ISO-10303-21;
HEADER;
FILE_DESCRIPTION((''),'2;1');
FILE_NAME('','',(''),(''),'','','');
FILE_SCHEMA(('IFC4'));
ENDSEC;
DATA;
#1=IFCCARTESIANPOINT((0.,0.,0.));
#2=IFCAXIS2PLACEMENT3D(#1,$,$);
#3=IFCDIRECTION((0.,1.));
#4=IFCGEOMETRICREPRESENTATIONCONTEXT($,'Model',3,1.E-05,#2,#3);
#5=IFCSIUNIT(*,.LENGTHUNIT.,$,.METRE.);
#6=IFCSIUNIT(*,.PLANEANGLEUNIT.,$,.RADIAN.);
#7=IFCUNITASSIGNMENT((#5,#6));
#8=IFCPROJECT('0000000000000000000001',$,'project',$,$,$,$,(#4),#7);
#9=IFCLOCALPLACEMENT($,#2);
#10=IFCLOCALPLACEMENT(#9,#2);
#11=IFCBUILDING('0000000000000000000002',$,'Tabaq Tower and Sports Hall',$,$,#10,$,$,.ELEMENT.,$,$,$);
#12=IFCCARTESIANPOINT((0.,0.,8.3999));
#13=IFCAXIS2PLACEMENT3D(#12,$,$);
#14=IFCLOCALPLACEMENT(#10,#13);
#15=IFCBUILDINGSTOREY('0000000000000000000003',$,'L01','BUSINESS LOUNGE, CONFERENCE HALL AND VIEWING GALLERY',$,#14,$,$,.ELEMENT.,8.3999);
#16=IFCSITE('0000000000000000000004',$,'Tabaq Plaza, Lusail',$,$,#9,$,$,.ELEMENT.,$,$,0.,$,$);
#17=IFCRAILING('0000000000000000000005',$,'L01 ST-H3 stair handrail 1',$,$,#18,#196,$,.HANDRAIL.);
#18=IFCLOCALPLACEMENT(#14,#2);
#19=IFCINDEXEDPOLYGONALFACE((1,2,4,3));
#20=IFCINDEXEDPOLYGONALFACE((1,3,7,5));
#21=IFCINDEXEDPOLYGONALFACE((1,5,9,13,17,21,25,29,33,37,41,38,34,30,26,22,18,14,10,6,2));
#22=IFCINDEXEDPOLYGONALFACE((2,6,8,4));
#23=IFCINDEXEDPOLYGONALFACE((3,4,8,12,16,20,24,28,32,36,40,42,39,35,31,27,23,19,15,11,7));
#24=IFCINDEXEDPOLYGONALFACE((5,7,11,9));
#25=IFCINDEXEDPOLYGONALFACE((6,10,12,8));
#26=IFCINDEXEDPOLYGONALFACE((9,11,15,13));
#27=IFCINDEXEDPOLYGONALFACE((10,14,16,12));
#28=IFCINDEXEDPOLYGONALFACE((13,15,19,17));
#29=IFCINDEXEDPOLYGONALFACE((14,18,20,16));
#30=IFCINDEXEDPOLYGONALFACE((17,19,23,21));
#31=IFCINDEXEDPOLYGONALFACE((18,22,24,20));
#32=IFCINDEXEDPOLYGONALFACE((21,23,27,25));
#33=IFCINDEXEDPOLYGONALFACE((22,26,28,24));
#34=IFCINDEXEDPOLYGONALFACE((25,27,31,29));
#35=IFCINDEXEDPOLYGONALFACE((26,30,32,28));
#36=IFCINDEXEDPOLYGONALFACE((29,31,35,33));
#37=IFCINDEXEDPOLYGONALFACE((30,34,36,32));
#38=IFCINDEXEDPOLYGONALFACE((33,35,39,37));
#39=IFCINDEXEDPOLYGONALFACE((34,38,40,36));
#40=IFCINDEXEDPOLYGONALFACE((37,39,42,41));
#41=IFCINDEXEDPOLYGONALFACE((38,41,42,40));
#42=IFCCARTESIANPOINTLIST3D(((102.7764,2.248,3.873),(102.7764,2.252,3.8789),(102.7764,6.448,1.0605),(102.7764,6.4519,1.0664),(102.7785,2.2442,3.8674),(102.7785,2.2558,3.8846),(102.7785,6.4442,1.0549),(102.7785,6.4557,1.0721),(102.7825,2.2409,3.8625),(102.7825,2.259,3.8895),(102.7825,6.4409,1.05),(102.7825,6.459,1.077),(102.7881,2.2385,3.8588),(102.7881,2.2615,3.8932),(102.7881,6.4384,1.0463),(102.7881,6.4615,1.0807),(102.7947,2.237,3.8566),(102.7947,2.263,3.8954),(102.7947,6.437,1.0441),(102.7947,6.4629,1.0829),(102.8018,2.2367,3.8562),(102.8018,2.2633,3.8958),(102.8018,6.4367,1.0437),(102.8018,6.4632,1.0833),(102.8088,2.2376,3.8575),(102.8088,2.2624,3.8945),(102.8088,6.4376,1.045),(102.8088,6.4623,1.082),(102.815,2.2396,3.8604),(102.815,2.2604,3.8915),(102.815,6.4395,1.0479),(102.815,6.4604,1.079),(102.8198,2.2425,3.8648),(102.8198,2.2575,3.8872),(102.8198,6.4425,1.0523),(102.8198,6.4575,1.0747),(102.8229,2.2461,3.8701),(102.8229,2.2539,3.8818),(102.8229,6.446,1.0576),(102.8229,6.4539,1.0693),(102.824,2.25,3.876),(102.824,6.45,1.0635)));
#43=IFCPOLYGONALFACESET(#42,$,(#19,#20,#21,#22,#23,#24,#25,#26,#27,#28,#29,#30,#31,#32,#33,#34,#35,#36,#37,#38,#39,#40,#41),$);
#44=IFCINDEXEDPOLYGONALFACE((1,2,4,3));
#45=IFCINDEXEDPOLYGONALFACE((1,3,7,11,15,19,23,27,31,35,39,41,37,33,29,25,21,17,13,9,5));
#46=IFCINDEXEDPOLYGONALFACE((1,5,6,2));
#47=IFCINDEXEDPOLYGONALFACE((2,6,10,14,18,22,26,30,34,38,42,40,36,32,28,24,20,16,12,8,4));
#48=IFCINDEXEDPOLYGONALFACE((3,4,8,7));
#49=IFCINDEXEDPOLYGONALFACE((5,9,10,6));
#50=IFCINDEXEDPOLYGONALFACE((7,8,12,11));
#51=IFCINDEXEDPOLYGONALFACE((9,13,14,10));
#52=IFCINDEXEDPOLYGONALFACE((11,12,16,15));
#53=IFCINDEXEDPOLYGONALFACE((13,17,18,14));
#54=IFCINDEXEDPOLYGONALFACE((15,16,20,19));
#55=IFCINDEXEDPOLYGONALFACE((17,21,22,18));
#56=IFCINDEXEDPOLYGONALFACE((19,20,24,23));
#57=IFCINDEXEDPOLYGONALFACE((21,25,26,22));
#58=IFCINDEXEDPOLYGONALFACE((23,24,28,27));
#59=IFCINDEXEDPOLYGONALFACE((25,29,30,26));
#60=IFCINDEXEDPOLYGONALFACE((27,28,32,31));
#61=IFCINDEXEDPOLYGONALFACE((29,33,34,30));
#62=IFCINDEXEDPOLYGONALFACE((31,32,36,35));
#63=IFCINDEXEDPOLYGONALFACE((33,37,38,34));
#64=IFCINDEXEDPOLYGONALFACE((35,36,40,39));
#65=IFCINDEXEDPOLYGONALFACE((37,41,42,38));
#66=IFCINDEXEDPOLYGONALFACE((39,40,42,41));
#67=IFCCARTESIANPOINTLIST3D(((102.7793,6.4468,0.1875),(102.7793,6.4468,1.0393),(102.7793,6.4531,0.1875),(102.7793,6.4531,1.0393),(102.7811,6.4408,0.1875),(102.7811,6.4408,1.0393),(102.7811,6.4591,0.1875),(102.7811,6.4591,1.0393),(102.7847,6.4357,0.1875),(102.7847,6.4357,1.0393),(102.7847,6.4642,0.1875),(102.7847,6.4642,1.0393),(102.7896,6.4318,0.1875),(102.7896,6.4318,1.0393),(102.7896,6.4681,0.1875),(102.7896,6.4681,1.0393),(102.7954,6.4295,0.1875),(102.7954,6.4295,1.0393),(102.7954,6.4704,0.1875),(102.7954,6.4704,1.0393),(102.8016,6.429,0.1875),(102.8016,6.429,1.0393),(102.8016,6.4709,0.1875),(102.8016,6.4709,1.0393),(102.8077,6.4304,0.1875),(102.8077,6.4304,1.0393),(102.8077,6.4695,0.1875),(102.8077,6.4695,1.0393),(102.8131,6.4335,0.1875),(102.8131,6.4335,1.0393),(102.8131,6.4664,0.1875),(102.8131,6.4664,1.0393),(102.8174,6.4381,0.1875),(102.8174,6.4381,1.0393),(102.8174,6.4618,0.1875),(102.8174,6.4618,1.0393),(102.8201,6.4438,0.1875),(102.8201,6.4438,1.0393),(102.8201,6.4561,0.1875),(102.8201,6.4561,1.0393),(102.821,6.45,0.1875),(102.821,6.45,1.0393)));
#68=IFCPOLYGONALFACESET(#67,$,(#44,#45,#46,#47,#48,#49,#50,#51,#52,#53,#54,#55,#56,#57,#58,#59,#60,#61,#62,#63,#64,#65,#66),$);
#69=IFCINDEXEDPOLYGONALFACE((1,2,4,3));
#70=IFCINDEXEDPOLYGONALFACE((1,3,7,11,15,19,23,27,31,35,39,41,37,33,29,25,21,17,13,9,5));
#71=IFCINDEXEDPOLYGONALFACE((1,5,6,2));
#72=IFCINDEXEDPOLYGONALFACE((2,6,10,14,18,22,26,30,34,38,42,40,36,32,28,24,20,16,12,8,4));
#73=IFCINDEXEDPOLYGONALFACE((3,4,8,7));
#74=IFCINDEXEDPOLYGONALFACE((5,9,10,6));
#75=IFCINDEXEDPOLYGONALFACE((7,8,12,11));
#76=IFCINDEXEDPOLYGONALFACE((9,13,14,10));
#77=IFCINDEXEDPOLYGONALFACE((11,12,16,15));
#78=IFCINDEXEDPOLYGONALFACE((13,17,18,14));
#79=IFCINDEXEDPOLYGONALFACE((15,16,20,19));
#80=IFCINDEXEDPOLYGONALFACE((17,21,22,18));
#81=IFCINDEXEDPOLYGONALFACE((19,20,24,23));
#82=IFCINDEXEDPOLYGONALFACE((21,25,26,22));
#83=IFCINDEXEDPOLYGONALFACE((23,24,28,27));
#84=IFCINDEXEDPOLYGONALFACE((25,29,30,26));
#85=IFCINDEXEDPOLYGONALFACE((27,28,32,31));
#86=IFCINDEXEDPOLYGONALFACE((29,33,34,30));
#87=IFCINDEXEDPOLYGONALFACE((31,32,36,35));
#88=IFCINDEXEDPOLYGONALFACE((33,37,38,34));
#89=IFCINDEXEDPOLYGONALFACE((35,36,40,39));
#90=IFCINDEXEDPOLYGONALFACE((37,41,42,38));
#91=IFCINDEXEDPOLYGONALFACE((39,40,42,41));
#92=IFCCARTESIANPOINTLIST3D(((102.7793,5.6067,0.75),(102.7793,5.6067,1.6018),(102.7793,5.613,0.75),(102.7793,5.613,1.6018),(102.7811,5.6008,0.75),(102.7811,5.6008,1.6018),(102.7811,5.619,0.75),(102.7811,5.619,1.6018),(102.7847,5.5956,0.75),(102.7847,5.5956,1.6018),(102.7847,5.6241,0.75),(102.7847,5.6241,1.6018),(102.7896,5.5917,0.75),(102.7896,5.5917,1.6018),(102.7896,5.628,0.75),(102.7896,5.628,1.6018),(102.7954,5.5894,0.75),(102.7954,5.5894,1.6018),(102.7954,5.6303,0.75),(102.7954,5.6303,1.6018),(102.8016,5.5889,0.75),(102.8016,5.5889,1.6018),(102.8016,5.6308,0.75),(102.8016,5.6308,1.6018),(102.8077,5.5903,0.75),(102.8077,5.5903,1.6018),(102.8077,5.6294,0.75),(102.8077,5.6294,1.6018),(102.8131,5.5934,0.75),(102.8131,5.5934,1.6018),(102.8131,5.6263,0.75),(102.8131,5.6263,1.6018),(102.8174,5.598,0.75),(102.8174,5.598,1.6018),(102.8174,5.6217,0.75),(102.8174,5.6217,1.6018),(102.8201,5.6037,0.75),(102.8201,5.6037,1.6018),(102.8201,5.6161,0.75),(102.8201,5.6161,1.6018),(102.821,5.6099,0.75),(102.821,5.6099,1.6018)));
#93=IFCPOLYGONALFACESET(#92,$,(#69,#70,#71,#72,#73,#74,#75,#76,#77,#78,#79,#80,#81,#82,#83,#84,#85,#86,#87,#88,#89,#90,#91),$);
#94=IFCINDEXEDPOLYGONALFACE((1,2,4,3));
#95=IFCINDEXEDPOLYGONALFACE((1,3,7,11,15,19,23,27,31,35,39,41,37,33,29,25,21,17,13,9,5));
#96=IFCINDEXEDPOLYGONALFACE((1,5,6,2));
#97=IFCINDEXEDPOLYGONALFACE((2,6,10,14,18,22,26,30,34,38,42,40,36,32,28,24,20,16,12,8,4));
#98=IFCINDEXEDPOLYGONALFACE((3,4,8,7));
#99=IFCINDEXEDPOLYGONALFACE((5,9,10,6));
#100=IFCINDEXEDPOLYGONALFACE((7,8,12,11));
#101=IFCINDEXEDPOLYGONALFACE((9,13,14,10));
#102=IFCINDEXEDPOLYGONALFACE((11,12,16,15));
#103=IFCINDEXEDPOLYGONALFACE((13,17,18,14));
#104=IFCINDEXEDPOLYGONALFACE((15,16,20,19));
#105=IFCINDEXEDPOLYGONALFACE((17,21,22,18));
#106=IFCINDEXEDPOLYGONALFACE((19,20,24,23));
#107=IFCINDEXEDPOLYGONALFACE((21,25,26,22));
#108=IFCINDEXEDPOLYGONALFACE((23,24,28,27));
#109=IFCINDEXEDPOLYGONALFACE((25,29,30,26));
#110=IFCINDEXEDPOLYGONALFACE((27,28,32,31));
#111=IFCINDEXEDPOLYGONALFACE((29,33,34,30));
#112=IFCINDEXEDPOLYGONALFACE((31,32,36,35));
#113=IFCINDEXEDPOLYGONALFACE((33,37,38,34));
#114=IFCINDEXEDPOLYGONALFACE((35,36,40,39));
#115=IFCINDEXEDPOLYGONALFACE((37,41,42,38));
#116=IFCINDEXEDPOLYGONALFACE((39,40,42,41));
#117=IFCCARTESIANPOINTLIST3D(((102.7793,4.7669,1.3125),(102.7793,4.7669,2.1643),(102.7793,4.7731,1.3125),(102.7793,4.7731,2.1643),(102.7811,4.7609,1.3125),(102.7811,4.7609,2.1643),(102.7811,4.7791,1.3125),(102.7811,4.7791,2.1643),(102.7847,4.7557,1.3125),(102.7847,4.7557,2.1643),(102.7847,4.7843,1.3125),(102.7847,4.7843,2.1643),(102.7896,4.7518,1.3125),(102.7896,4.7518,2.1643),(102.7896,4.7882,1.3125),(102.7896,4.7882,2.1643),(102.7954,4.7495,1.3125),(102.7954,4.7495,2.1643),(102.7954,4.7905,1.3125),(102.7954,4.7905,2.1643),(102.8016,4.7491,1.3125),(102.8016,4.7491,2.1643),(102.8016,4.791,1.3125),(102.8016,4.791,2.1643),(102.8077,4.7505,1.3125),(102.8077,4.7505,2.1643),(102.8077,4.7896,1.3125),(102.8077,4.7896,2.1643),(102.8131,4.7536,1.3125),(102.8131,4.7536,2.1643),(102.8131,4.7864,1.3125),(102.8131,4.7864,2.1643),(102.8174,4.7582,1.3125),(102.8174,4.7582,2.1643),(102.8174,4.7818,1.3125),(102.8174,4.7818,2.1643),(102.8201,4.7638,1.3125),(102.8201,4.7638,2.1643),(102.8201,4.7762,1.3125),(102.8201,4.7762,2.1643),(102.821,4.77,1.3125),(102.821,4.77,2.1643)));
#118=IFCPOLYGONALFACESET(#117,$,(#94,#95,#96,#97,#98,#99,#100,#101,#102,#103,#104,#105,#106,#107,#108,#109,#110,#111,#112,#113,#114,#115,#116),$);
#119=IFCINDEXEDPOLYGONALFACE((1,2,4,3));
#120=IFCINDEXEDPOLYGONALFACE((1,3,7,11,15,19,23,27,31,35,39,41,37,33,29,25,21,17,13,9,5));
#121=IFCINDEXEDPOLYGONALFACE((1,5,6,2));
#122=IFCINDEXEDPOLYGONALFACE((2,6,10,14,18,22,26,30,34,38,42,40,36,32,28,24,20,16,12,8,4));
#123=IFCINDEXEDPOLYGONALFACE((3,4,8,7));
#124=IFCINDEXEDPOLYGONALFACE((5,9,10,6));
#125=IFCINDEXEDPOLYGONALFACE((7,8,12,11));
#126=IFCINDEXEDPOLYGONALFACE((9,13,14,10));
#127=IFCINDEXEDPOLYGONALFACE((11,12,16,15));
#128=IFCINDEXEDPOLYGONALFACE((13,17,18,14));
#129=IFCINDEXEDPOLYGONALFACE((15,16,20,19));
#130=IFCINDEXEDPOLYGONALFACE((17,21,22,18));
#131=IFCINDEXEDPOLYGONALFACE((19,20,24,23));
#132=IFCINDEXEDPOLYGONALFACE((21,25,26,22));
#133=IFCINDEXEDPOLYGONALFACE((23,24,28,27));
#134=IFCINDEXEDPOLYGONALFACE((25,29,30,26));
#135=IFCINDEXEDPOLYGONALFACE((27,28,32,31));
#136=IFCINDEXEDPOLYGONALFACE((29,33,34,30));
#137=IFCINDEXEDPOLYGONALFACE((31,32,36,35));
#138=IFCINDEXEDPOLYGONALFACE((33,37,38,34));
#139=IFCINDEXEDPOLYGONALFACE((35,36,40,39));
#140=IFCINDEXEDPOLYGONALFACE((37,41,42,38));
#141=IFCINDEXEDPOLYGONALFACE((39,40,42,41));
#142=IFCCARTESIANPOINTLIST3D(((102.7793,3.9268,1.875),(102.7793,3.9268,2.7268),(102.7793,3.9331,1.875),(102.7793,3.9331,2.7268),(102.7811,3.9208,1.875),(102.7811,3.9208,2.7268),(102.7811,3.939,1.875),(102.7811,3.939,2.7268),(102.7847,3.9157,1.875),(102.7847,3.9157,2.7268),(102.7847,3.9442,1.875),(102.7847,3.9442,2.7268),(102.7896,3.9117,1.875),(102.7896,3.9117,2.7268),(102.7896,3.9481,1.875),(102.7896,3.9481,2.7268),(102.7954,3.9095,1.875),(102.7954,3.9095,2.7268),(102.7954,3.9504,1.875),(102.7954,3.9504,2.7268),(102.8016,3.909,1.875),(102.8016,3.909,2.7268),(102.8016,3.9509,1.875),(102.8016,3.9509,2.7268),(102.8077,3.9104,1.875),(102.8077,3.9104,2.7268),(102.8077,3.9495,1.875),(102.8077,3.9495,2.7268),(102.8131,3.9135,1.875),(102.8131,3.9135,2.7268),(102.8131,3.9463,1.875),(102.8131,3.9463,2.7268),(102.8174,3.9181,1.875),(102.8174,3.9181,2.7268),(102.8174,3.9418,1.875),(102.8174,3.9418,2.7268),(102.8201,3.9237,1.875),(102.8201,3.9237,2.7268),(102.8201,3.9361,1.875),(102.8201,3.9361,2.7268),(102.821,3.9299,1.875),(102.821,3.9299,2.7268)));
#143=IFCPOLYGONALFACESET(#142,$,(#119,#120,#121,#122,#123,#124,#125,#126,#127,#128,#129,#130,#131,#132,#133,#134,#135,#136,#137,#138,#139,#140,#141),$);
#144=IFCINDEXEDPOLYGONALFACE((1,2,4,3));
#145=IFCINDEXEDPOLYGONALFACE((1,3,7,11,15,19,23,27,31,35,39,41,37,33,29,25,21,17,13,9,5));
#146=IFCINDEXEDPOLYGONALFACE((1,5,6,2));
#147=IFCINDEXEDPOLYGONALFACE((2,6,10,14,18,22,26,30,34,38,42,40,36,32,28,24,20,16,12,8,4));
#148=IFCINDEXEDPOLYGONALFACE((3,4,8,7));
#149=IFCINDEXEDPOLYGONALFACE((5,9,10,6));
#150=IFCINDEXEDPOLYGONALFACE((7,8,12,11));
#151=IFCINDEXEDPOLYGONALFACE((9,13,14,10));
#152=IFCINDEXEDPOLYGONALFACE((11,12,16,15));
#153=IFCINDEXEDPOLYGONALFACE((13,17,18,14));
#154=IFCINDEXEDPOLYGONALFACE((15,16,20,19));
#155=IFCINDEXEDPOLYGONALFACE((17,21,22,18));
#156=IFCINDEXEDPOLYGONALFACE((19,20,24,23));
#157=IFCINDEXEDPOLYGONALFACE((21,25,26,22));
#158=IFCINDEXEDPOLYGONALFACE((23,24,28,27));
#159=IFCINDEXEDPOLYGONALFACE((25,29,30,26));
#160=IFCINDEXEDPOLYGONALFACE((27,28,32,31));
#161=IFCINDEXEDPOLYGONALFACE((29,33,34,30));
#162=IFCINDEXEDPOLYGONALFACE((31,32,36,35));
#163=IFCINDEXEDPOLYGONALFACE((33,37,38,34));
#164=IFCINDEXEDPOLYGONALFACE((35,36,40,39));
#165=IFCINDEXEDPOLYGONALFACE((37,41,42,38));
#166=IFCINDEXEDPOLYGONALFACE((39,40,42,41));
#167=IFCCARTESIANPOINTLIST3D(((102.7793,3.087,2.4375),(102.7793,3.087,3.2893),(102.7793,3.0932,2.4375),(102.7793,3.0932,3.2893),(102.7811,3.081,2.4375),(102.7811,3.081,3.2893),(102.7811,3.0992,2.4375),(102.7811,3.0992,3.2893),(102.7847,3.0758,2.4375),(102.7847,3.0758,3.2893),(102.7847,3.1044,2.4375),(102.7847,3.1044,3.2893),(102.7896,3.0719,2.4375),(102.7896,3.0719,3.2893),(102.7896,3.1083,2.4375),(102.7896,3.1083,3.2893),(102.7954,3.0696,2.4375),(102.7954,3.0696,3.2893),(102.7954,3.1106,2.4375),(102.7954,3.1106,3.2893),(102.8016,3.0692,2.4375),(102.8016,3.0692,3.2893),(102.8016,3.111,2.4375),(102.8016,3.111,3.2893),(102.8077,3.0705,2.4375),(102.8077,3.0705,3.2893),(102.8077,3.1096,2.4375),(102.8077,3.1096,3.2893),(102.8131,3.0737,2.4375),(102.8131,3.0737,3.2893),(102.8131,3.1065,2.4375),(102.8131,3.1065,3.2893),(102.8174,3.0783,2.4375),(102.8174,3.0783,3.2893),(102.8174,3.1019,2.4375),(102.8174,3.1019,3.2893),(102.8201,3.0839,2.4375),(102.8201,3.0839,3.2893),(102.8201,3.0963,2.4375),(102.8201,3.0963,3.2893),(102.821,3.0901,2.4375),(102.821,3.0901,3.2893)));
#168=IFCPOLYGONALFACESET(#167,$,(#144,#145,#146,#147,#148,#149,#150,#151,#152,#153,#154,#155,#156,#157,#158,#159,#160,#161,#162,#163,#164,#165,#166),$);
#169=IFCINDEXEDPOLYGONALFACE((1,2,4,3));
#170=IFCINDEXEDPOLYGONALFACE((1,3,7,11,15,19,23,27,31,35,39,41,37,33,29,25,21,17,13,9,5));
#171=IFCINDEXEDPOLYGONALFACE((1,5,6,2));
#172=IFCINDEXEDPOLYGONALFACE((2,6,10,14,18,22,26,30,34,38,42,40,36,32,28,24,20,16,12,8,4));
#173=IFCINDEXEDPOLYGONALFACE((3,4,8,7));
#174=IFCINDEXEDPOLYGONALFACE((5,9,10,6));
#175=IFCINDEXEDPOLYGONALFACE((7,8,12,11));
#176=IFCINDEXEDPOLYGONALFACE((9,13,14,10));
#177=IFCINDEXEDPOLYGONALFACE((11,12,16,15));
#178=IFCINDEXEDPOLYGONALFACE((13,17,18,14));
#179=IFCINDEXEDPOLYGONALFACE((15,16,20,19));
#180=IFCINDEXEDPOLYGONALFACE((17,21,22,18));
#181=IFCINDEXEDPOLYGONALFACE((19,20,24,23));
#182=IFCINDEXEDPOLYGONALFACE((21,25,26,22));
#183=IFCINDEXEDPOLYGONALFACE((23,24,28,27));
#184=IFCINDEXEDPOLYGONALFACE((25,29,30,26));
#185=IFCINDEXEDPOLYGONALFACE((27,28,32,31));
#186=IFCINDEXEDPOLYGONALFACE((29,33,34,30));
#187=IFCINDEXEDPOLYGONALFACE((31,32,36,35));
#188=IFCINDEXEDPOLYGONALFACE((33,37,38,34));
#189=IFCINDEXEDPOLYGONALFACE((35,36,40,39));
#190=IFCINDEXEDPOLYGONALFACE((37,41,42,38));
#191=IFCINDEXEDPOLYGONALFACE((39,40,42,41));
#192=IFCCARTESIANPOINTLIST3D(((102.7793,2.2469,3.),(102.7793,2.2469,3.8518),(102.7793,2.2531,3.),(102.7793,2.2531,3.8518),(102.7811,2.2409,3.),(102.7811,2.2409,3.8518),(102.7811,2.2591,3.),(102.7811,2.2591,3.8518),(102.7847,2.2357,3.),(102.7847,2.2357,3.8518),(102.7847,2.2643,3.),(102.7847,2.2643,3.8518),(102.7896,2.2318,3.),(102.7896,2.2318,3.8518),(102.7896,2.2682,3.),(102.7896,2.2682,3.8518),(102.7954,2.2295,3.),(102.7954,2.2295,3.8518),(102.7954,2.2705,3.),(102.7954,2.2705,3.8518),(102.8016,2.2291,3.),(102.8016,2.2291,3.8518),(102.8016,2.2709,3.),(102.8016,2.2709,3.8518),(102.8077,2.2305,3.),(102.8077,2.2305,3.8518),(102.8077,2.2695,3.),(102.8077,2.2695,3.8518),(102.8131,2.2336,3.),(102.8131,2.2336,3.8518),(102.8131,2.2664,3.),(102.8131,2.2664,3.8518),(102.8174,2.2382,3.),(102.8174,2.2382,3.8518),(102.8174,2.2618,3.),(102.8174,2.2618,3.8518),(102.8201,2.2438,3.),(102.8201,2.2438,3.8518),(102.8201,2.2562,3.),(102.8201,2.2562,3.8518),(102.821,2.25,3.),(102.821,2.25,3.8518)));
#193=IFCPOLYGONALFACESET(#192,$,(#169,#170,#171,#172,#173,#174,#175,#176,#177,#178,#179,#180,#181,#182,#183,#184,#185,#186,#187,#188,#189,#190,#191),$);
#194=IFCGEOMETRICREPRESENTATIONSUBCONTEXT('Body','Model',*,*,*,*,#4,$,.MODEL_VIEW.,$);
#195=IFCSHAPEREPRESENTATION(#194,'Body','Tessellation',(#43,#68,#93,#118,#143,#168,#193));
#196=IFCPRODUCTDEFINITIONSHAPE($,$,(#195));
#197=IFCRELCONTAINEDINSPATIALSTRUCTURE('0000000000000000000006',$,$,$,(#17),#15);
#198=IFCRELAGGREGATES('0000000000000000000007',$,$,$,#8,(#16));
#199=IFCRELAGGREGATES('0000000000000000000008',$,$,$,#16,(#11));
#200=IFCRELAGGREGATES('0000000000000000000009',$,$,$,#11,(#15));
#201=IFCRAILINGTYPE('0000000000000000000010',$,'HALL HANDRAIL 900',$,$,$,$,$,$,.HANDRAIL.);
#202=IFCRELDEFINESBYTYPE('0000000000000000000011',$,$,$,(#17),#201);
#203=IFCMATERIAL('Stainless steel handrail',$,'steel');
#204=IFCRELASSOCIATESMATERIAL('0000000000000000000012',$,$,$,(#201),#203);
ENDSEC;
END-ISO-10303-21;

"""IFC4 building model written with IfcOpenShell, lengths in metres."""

from ifc_helpers import new_model, si_unit, direction, frame, origin, origin_2d, place, context, subcontext, project, spatial, circle, extrude, material, type_object, element, save


model = new_model("IFC4")

# Units and contexts
model_context = context("Model", 3, precision=1e-05, world=origin(), true_north=direction((0.0, 1.0)))
body_context = subcontext(model_context, "Body", "Model", "MODEL_VIEW")
ifc_project = project(units=[si_unit("LENGTHUNIT", "METRE"), si_unit("PLANEANGLEUNIT", "RADIAN")], contexts=[model_context])

# Site, building, storey
site_placement = place(None, origin())
site = spatial("IfcSite", under=ifc_project, at=site_placement, Name="Tabaq Plaza, Lusail", CompositionType="ELEMENT", RefElevation=0.0)
building_placement = place(site_placement, origin())
building = spatial("IfcBuilding", under=site, at=building_placement, Name="Tabaq Tower and Sports Hall", CompositionType="ELEMENT")
storey_placement = place(building_placement, frame((0.0, 0.0, 8.3999)))
storey = spatial("IfcBuildingStorey", under=building, at=storey_placement, Name="L01", Description="BUSINESS LOUNGE, CONFERENCE HALL AND VIEWING GALLERY", CompositionType="ELEMENT", Elevation=8.3999)

# Railing
ifc_material_1 = material(Name="Stainless steel handrail", Category="steel")
railing_type_1 = type_object("IfcRailingType", Name="HALL HANDRAIL 900", PredefinedType="HANDRAIL", material=ifc_material_1)
railing_1_placement = place(storey_placement, frame((102.8, 6.45, 0.1875)))
element("IfcRailing", 1, at=railing_1_placement, inside=storey, type_object=railing_type_1, Name="L01 ST-H3 stair handrail 1", PredefinedType="HANDRAIL", context=body_context, shape_type="SweptSolid", body=[
    extrude(circle(Radius=0.0239, at=origin_2d()), frame((0.0, 0.0, 0.876), z_axis=(0.0, -0.830904, 0.556416), x_axis=(1.0, 0.0, 0.0)), (0.0, 0.0, 1.0), 5.0547),
    extrude(circle(Radius=0.021, at=origin_2d()), origin(), (0.0, 0.0, 1.0), 0.8518),
    extrude(circle(Radius=0.021, at=origin_2d()), frame((0.0, -0.8401, 0.5625)), (0.0, 0.0, 1.0), 0.8518),
    extrude(circle(Radius=0.021, at=origin_2d()), frame((0.0, -1.6799, 1.125)), (0.0, 0.0, 1.0), 0.8518),
    extrude(circle(Radius=0.021, at=origin_2d()), frame((0.0, -2.52, 1.6875)), (0.0, 0.0, 1.0), 0.8518),
    extrude(circle(Radius=0.021, at=origin_2d()), frame((0.0, -3.3599, 2.25)), (0.0, 0.0, 1.0), 0.8518),
    extrude(circle(Radius=0.021, at=origin_2d()), frame((0.0, -4.2, 2.8125)), (0.0, 0.0, 1.0), 0.8518),
])

save(model, "model.ifc")
